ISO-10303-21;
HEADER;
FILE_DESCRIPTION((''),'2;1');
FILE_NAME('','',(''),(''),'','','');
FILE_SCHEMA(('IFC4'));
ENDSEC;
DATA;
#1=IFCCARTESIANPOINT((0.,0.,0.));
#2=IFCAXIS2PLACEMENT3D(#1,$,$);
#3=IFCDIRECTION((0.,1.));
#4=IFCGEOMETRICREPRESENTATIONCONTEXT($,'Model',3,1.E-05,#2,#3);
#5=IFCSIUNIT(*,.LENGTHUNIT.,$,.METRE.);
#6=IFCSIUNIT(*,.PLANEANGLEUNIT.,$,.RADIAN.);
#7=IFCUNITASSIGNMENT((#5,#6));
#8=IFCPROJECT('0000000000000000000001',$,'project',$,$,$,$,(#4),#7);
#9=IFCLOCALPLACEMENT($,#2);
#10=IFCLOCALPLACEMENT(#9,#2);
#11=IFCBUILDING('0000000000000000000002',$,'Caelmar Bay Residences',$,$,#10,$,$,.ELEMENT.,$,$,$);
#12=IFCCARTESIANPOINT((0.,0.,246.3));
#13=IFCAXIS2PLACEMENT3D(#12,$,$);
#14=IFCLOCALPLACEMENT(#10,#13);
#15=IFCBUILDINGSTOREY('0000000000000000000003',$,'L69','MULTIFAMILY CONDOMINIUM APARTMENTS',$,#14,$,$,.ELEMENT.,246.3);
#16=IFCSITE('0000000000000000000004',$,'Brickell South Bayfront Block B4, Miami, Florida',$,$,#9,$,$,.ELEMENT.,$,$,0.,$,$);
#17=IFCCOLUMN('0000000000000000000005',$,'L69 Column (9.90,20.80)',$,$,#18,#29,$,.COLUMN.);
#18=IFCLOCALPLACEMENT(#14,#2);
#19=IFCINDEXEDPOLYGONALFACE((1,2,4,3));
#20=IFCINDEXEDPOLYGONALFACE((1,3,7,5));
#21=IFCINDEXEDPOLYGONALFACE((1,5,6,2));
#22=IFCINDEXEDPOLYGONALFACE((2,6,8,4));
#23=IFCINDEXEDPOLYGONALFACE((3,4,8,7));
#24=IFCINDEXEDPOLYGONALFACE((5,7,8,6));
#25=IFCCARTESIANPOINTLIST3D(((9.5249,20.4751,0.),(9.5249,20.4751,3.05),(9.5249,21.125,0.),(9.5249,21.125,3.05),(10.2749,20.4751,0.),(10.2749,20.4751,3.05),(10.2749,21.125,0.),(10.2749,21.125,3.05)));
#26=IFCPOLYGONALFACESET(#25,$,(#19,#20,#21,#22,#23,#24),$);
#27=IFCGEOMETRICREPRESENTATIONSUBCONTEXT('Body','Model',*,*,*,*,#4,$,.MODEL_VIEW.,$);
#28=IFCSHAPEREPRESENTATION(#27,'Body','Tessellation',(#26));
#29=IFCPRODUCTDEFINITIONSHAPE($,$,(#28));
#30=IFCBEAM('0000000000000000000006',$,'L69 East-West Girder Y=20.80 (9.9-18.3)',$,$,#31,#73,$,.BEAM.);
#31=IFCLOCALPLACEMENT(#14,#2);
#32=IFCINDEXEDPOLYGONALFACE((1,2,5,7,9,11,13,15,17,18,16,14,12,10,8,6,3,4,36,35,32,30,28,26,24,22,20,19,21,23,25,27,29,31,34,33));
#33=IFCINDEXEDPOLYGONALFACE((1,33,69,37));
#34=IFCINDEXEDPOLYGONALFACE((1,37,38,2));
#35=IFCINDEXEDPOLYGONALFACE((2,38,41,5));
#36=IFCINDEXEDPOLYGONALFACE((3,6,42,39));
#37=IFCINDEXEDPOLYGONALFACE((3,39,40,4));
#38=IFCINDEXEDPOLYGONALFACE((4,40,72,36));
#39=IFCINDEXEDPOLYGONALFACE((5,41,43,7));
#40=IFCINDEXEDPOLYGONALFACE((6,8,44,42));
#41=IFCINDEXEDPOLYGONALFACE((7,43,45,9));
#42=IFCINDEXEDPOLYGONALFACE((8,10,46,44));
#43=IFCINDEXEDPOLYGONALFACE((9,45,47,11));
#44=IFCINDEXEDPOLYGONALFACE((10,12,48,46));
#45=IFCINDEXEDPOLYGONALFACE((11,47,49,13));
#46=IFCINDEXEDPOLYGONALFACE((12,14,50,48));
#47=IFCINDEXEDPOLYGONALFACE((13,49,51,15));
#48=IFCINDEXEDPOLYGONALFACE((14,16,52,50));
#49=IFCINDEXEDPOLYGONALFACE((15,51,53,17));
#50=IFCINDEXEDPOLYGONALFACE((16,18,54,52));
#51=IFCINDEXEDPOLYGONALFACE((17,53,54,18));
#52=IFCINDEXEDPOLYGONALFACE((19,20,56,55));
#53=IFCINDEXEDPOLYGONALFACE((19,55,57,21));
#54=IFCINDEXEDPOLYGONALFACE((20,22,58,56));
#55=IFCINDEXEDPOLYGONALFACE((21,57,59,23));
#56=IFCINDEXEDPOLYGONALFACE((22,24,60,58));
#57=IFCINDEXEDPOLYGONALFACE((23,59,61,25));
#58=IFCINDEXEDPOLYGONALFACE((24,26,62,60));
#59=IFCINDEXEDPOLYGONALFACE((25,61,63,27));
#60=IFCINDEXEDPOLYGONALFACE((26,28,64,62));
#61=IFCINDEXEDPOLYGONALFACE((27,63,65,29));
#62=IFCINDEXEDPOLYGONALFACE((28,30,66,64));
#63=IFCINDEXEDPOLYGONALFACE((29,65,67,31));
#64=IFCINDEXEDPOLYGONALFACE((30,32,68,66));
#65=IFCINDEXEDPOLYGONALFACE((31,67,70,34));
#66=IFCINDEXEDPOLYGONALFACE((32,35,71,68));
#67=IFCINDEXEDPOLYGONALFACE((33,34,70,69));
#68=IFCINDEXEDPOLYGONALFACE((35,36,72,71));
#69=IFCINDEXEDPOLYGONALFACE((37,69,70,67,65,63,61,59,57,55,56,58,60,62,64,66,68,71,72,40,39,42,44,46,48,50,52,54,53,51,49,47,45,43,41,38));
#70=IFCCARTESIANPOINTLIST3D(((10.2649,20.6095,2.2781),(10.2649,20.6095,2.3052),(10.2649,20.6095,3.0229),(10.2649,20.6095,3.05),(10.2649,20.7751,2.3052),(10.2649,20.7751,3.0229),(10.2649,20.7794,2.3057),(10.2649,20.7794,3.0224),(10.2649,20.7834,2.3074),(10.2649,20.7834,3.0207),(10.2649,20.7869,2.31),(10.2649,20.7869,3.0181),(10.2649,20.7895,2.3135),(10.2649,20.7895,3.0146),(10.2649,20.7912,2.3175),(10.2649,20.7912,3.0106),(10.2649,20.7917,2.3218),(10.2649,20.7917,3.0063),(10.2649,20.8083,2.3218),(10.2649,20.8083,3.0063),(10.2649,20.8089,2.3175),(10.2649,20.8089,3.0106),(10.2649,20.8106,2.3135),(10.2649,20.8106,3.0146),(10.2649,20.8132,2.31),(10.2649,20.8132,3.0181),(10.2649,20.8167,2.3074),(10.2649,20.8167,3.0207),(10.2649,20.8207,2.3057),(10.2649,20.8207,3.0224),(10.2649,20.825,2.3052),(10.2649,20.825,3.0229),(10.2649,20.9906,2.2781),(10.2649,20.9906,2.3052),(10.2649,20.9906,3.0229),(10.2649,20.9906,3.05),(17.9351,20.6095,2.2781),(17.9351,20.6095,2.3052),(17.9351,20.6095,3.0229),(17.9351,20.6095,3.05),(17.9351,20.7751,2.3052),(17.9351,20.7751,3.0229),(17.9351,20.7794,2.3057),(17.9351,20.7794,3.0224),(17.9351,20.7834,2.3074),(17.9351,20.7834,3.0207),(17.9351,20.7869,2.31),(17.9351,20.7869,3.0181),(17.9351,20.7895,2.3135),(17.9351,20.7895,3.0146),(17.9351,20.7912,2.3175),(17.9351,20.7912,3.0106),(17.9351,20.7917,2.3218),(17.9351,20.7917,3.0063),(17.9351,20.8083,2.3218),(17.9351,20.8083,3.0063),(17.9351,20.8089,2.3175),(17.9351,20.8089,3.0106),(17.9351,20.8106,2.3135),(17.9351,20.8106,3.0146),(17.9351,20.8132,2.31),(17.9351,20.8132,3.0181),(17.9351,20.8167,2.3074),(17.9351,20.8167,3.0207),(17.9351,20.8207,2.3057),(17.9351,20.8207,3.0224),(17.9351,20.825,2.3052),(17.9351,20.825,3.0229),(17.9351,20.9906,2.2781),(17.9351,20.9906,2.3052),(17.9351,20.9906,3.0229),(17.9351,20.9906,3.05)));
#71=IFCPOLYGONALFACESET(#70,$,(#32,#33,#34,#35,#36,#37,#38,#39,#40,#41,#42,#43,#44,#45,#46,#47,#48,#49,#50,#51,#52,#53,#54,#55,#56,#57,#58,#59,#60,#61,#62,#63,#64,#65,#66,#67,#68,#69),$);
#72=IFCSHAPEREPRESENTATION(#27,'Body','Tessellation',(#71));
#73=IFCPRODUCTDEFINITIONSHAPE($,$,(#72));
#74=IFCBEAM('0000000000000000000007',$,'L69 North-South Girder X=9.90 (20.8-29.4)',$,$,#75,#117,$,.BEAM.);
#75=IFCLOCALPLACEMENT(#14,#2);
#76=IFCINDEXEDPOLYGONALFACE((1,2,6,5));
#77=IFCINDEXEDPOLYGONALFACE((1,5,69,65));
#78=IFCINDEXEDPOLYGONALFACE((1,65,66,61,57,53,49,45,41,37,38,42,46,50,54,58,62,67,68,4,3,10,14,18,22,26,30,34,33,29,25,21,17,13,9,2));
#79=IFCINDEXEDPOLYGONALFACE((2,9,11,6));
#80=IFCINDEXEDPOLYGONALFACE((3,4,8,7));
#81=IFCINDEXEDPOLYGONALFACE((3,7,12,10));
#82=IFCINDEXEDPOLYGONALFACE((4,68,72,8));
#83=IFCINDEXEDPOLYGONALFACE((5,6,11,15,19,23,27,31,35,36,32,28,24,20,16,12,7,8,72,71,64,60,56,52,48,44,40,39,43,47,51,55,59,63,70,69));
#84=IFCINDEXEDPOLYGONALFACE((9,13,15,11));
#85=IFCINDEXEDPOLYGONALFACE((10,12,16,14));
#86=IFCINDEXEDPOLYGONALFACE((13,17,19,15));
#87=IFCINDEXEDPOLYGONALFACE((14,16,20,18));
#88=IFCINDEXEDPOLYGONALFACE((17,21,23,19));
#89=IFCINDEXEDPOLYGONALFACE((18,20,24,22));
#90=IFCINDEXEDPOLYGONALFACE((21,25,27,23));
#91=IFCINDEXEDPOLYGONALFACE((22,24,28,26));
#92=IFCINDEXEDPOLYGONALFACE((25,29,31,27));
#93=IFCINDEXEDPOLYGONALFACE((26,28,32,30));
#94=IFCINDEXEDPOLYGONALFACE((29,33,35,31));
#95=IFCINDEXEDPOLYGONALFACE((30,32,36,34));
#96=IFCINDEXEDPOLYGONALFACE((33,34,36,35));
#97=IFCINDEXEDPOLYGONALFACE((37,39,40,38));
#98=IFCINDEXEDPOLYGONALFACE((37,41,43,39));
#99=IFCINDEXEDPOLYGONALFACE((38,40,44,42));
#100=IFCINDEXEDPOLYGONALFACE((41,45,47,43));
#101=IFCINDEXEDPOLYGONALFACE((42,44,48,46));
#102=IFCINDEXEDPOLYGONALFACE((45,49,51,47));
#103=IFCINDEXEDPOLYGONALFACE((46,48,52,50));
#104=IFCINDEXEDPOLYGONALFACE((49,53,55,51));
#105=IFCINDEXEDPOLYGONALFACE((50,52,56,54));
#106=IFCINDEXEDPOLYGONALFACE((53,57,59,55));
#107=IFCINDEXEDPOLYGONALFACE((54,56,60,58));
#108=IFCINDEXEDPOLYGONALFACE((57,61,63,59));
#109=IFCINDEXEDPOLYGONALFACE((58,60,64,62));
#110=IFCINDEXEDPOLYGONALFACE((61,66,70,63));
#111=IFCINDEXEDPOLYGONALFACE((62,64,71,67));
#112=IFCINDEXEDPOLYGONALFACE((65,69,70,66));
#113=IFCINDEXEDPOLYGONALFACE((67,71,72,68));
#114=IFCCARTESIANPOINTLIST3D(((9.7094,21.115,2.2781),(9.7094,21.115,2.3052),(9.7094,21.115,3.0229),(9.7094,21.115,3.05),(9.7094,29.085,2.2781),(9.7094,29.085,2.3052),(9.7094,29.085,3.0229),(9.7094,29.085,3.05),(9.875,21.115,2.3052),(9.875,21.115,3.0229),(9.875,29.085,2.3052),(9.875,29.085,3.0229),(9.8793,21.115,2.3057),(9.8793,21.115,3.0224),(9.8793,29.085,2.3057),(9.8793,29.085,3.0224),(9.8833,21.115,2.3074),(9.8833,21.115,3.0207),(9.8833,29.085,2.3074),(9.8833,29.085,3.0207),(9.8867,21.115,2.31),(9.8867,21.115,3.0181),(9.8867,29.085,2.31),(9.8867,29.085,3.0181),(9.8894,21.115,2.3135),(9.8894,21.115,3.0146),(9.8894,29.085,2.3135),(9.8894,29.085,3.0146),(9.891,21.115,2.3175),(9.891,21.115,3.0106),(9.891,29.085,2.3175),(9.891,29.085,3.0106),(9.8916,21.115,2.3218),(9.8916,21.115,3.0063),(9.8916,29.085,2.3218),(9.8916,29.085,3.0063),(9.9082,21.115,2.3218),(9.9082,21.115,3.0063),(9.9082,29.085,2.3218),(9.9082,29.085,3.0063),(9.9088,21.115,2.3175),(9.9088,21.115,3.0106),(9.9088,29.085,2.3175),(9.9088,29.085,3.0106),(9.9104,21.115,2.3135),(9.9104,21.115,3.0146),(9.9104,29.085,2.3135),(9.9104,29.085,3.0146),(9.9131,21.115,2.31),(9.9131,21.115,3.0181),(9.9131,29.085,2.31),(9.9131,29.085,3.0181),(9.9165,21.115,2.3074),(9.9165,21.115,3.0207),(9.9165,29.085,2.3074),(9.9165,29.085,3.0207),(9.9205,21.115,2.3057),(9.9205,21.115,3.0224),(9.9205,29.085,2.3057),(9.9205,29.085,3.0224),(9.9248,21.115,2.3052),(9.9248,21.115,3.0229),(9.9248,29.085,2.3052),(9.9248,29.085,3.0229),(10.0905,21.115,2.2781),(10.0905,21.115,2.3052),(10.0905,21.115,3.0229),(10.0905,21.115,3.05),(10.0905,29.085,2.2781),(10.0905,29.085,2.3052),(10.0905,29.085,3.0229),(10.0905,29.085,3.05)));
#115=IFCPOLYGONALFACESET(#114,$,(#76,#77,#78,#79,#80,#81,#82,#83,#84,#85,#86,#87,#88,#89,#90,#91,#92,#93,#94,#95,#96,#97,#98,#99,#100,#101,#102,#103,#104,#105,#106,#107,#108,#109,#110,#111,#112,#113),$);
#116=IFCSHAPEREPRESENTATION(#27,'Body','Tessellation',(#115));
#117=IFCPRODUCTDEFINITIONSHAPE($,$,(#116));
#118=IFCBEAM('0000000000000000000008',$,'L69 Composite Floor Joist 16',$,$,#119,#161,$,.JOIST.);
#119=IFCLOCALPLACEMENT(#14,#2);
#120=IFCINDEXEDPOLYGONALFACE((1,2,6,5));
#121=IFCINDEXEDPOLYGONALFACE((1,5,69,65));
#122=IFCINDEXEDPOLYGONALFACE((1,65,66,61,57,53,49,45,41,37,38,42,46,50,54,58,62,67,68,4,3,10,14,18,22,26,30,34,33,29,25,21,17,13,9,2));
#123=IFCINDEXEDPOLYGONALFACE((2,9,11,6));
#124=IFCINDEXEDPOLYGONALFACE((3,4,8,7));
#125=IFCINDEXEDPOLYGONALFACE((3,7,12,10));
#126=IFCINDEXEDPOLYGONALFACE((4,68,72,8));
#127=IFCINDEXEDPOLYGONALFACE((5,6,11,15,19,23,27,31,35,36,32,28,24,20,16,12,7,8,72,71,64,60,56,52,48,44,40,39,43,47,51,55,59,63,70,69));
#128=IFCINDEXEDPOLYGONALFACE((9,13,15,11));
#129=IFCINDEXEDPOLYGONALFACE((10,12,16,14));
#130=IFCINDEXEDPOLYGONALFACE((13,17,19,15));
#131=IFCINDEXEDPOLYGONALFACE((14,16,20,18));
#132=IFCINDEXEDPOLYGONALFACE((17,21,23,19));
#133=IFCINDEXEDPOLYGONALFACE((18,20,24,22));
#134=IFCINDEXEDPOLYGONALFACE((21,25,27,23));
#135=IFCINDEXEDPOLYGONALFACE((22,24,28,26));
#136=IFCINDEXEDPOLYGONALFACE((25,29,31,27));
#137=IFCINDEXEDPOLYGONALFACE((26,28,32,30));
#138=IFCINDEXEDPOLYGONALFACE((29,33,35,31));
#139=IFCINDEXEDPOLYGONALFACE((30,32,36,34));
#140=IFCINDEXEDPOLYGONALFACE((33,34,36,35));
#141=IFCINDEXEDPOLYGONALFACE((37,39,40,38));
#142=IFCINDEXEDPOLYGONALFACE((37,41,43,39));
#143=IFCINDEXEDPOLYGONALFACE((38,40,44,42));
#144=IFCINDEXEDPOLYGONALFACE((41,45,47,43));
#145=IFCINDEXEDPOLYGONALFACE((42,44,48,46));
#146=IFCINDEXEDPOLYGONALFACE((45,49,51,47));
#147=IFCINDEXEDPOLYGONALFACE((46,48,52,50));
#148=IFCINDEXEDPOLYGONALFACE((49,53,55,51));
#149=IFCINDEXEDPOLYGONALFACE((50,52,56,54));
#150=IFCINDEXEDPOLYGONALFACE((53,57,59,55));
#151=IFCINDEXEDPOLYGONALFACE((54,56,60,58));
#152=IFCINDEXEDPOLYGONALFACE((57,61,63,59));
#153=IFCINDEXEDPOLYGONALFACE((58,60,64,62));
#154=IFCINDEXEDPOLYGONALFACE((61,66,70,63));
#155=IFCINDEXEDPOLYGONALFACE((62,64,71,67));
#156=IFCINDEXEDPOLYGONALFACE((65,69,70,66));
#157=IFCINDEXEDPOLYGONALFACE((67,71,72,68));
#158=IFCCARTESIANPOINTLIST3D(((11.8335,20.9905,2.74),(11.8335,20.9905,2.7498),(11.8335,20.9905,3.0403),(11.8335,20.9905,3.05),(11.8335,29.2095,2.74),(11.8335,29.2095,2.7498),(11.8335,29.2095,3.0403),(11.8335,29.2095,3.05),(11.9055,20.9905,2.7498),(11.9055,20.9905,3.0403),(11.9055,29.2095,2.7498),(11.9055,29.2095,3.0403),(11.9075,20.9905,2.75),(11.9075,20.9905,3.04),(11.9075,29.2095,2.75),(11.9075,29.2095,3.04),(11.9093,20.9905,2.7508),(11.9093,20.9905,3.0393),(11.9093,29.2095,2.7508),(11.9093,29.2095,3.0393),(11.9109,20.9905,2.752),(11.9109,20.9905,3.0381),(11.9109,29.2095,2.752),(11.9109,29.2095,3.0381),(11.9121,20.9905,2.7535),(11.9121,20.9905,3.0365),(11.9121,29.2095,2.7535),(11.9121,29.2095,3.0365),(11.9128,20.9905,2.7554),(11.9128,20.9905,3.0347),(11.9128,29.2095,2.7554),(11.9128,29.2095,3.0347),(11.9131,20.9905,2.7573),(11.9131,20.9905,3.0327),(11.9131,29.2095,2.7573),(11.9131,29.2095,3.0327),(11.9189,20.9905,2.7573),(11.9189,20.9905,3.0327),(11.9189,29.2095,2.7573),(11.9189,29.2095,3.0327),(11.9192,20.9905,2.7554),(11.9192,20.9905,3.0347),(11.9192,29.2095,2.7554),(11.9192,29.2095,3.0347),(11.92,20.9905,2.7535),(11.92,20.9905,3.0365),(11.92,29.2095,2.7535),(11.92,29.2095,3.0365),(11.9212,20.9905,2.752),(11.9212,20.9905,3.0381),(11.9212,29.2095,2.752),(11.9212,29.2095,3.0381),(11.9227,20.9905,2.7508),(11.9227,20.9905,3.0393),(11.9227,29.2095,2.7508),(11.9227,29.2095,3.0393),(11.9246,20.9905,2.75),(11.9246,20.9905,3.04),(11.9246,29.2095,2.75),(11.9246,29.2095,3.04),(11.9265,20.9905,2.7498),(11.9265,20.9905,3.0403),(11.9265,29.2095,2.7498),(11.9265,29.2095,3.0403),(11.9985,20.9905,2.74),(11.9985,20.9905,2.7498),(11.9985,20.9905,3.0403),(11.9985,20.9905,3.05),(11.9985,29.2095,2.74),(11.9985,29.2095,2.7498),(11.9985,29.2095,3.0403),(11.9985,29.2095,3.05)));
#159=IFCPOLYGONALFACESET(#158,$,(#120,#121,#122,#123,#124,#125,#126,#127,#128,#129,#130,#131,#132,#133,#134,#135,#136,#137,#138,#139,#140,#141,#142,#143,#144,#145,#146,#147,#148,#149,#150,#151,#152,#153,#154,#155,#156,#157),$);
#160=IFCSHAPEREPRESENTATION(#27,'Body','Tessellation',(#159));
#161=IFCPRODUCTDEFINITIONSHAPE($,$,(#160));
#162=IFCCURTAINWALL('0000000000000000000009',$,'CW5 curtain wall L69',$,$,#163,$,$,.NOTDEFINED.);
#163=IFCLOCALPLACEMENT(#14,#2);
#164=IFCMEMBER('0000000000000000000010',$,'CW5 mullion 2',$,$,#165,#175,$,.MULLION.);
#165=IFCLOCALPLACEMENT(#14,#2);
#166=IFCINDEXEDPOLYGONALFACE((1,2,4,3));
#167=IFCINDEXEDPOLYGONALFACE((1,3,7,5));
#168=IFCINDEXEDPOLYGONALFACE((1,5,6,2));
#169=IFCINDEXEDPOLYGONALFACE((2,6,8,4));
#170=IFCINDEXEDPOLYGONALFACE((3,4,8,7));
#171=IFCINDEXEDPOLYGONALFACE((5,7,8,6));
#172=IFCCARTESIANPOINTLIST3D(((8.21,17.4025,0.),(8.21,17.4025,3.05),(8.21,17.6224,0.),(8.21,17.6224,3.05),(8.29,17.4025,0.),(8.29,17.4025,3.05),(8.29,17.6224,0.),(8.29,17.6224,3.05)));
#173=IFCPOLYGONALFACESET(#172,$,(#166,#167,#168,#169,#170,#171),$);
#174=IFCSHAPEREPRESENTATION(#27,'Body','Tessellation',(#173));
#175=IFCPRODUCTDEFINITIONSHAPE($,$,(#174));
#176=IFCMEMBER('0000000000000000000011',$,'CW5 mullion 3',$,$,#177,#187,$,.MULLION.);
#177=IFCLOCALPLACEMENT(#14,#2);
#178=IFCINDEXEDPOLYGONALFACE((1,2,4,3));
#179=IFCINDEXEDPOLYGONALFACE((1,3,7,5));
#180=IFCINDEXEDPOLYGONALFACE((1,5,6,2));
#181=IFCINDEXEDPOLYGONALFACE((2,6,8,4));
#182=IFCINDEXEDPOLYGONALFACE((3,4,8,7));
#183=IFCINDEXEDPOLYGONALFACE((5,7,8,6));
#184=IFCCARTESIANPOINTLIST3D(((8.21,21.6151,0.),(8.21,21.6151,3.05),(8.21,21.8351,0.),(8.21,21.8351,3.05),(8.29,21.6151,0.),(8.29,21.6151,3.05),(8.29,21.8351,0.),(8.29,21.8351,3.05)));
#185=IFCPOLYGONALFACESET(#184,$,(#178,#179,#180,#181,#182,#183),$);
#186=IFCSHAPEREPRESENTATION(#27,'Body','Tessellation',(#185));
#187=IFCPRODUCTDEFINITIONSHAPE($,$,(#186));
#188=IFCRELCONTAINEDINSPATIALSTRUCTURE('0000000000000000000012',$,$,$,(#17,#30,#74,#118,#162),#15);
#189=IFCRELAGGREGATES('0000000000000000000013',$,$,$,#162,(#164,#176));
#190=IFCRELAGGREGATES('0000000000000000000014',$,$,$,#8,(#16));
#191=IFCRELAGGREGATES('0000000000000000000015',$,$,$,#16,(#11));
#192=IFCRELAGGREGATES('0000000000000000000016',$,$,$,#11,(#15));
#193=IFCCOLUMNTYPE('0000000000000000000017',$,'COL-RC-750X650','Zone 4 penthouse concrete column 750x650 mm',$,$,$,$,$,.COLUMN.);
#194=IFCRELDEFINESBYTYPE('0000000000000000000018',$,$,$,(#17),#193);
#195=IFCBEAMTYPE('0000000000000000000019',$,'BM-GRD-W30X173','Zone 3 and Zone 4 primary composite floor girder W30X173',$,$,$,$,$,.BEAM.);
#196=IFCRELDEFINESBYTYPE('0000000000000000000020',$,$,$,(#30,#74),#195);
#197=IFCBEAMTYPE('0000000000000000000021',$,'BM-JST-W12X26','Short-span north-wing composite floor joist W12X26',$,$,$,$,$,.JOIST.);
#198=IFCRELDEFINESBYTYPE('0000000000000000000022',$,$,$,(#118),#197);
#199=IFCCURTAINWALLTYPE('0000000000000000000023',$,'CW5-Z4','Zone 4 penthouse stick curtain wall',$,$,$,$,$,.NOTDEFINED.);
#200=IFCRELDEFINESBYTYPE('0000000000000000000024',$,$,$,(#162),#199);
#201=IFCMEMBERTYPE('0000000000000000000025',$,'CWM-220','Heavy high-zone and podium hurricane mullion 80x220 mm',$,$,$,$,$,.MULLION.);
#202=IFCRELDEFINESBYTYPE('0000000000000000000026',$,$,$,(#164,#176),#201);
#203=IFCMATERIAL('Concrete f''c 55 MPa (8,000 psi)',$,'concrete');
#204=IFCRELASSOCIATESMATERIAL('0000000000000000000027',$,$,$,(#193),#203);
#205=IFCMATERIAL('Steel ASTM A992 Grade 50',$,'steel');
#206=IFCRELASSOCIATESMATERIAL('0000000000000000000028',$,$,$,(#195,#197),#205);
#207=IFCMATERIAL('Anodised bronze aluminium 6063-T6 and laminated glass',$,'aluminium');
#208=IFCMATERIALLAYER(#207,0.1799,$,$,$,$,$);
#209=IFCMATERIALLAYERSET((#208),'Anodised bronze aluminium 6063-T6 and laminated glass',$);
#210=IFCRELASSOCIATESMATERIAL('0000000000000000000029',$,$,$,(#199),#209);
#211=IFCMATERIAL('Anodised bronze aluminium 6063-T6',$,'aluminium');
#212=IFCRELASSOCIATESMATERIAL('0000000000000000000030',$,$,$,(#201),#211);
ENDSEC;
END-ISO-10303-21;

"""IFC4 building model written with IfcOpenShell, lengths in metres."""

from ifc_helpers import new_model, si_unit, direction, frame, origin, origin_2d, place, context, subcontext, project, spatial, rectangle, i_section, extrude, material, layer, layer_set, material_profile, profile_set, type_object, element, aggregate, save


model = new_model("IFC4")

# Units and contexts
model_context = context("Model", 3, precision=1e-05, world=origin(), true_north=direction((0.0, 1.0)))
body_context = subcontext(model_context, "Body", "Model", "MODEL_VIEW")
ifc_project = project(units=[si_unit("LENGTHUNIT", "METRE"), si_unit("PLANEANGLEUNIT", "RADIAN")], contexts=[model_context])

# Site, building, storey
site_placement = place(None, origin())
site = spatial("IfcSite", under=ifc_project, at=site_placement, Name="Brickell South Bayfront Block B4, Miami, Florida", CompositionType="ELEMENT", RefElevation=0.0)
building_placement = place(site_placement, origin())
building = spatial("IfcBuilding", under=site, at=building_placement, Name="Caelmar Bay Residences", CompositionType="ELEMENT")
storey_placement = place(building_placement, frame((0.0, 0.0, 246.3)))
storey = spatial("IfcBuildingStorey", under=building, at=storey_placement, Name="L69", Description="MULTIFAMILY CONDOMINIUM APARTMENTS", CompositionType="ELEMENT", Elevation=246.3)

# Column
ifc_material_1 = material(Name="Concrete f'c 55 MPa (8,000 psi)", Category="concrete")
ifc_material_profile_1 = material_profile(ifc_material_1, rectangle(XDim=0.75, YDim=0.6499, at=origin_2d()), Name="RC-COL-750X650")
ifc_profile_set_1 = profile_set([ifc_material_profile_1], Name="Concrete f'c 55 MPa (8,000 psi)")
column_type = type_object("IfcColumnType", Name="COL-RC-750X650", Description="Zone 4 penthouse concrete column 750x650 mm", PredefinedType="COLUMN", material=ifc_profile_set_1)
column_placement = place(storey_placement, frame((9.8999, 20.8, 0.0), z_axis=(0.0, 0.0, 1.0), x_axis=(1.0, 0.0, 0.0)))
element("IfcColumn", 1, at=column_placement, inside=storey, type_object=column_type, Name="L69 Column (9.90,20.80)", PredefinedType="COLUMN", context=body_context, shape_type="SweptSolid", body=[
    extrude(rectangle(XDim=0.75, YDim=0.6499, at=origin_2d()), origin(), (0.0, 0.0, 1.0), 3.05),
])

# Beams
ifc_material_2 = material(Name="Steel ASTM A992 Grade 50", Category="steel")
ifc_material_profile_2 = material_profile(ifc_material_2, i_section(OverallWidth=0.3811, OverallDepth=0.772, WebThickness=0.0166, FlangeThickness=0.0271, FilletRadius=0.0166, at=origin_2d()), Name="W30X173")
ifc_profile_set_2 = profile_set([ifc_material_profile_2], Name="Steel ASTM A992 Grade 50")
beam_type_1 = type_object("IfcBeamType", Name="BM-GRD-W30X173", Description="Zone 3 and Zone 4 primary composite floor girder W30X173", PredefinedType="BEAM", material=ifc_profile_set_2)
beam_1_placement = place(storey_placement, frame((10.2649, 20.8, 2.6641), z_axis=(1.0, 0.0, 0.0), x_axis=(0.0, 1.0, 0.0)))
element("IfcBeam", 2, at=beam_1_placement, inside=storey, type_object=beam_type_1, Name="L69 East-West Girder Y=20.80 (9.9-18.3)", PredefinedType="BEAM", context=body_context, shape_type="SweptSolid", body=[
    extrude(i_section(OverallWidth=0.3811, OverallDepth=0.772, WebThickness=0.0166, FlangeThickness=0.0271, FilletRadius=0.0166, at=origin_2d()), origin(), (0.0, 0.0, 1.0), 7.6702),
])
beam_2_placement = place(storey_placement, frame((9.8999, 21.115, 2.6641), z_axis=(0.0, 1.0, 0.0), x_axis=(-1.0, 0.0, 0.0)))
element("IfcBeam", 3, at=beam_2_placement, inside=storey, type_object=beam_type_1, Name="L69 North-South Girder X=9.90 (20.8-29.4)", PredefinedType="BEAM", context=body_context, shape_type="SweptSolid", body=[
    extrude(i_section(OverallWidth=0.3811, OverallDepth=0.772, WebThickness=0.0166, FlangeThickness=0.0271, FilletRadius=0.0166, at=origin_2d()), origin(), (0.0, 0.0, 1.0), 7.97),
])
ifc_material_profile_3 = material_profile(ifc_material_2, i_section(OverallWidth=0.165, OverallDepth=0.3101, WebThickness=0.0059, FlangeThickness=0.0098, FilletRadius=0.0076, at=origin_2d()), Name="W12X26")
ifc_profile_set_3 = profile_set([ifc_material_profile_3], Name="Steel ASTM A992 Grade 50")
beam_type_2 = type_object("IfcBeamType", Name="BM-JST-W12X26", Description="Short-span north-wing composite floor joist W12X26", PredefinedType="JOIST", material=ifc_profile_set_3)
beam_3_placement = place(storey_placement, frame((11.916, 20.9905, 2.895), z_axis=(0.0, 1.0, 0.0), x_axis=(-1.0, 0.0, 0.0)))
element("IfcBeam", 4, at=beam_3_placement, inside=storey, type_object=beam_type_2, Name="L69 Composite Floor Joist 16", PredefinedType="JOIST", context=body_context, shape_type="SweptSolid", body=[
    extrude(i_section(OverallWidth=0.165, OverallDepth=0.3101, WebThickness=0.0059, FlangeThickness=0.0098, FilletRadius=0.0076, at=origin_2d()), origin(), (0.0, 0.0, 1.0), 8.219),
])

# Curtain wall, members
ifc_material_3 = material(Name="Anodised bronze aluminium 6063-T6 and laminated glass", Category="aluminium")
ifc_layer_1 = layer(ifc_material_3, 0.1799)
ifc_layer_set_1 = layer_set([ifc_layer_1], Name="Anodised bronze aluminium 6063-T6 and laminated glass")
curtain_wall_type = type_object("IfcCurtainWallType", Name="CW5-Z4", Description="Zone 4 penthouse stick curtain wall", PredefinedType="NOTDEFINED", material=ifc_layer_set_1)
curtain_wall_placement = place(storey_placement, origin())
curtain_wall = element("IfcCurtainWall", 5, at=curtain_wall_placement, inside=storey, type_object=curtain_wall_type, Name="CW5 curtain wall L69", PredefinedType="NOTDEFINED")
ifc_material_4 = material(Name="Anodised bronze aluminium 6063-T6", Category="aluminium")
ifc_material_profile_4 = material_profile(ifc_material_4, rectangle(XDim=0.0801, YDim=0.22, at=origin_2d()), Name="CWM-80X220")
ifc_profile_set_4 = profile_set([ifc_material_profile_4], Name="Anodised bronze aluminium 6063-T6")
member_type_1 = type_object("IfcMemberType", Name="CWM-220", Description="Heavy high-zone and podium hurricane mullion 80x220 mm", PredefinedType="MULLION", material=ifc_profile_set_4)
member_1_placement = place(storey_placement, frame((8.25, 17.5125, 0.0), z_axis=(0.0, 0.0, 1.0), x_axis=(-1.0, 0.0, 0.0)))
member_1 = element("IfcMember", 6, at=member_1_placement, type_object=member_type_1, Name="CW5 mullion 2", PredefinedType="MULLION", context=body_context, shape_type="SweptSolid", body=[
    extrude(rectangle(XDim=0.0801, YDim=0.22, at=origin_2d()), origin(), (0.0, 0.0, 1.0), 3.05),
])
member_2_placement = place(storey_placement, frame((8.25, 21.7251, 0.0), z_axis=(0.0, 0.0, 1.0), x_axis=(-1.0, 0.0, 0.0)))
member_2 = element("IfcMember", 7, at=member_2_placement, type_object=member_type_1, Name="CW5 mullion 3", PredefinedType="MULLION", context=body_context, shape_type="SweptSolid", body=[
    extrude(rectangle(XDim=0.0801, YDim=0.22, at=origin_2d()), origin(), (0.0, 0.0, 1.0), 3.05),
])
aggregate(curtain_wall, [member_1, member_2])

save(model, "model.ifc")
